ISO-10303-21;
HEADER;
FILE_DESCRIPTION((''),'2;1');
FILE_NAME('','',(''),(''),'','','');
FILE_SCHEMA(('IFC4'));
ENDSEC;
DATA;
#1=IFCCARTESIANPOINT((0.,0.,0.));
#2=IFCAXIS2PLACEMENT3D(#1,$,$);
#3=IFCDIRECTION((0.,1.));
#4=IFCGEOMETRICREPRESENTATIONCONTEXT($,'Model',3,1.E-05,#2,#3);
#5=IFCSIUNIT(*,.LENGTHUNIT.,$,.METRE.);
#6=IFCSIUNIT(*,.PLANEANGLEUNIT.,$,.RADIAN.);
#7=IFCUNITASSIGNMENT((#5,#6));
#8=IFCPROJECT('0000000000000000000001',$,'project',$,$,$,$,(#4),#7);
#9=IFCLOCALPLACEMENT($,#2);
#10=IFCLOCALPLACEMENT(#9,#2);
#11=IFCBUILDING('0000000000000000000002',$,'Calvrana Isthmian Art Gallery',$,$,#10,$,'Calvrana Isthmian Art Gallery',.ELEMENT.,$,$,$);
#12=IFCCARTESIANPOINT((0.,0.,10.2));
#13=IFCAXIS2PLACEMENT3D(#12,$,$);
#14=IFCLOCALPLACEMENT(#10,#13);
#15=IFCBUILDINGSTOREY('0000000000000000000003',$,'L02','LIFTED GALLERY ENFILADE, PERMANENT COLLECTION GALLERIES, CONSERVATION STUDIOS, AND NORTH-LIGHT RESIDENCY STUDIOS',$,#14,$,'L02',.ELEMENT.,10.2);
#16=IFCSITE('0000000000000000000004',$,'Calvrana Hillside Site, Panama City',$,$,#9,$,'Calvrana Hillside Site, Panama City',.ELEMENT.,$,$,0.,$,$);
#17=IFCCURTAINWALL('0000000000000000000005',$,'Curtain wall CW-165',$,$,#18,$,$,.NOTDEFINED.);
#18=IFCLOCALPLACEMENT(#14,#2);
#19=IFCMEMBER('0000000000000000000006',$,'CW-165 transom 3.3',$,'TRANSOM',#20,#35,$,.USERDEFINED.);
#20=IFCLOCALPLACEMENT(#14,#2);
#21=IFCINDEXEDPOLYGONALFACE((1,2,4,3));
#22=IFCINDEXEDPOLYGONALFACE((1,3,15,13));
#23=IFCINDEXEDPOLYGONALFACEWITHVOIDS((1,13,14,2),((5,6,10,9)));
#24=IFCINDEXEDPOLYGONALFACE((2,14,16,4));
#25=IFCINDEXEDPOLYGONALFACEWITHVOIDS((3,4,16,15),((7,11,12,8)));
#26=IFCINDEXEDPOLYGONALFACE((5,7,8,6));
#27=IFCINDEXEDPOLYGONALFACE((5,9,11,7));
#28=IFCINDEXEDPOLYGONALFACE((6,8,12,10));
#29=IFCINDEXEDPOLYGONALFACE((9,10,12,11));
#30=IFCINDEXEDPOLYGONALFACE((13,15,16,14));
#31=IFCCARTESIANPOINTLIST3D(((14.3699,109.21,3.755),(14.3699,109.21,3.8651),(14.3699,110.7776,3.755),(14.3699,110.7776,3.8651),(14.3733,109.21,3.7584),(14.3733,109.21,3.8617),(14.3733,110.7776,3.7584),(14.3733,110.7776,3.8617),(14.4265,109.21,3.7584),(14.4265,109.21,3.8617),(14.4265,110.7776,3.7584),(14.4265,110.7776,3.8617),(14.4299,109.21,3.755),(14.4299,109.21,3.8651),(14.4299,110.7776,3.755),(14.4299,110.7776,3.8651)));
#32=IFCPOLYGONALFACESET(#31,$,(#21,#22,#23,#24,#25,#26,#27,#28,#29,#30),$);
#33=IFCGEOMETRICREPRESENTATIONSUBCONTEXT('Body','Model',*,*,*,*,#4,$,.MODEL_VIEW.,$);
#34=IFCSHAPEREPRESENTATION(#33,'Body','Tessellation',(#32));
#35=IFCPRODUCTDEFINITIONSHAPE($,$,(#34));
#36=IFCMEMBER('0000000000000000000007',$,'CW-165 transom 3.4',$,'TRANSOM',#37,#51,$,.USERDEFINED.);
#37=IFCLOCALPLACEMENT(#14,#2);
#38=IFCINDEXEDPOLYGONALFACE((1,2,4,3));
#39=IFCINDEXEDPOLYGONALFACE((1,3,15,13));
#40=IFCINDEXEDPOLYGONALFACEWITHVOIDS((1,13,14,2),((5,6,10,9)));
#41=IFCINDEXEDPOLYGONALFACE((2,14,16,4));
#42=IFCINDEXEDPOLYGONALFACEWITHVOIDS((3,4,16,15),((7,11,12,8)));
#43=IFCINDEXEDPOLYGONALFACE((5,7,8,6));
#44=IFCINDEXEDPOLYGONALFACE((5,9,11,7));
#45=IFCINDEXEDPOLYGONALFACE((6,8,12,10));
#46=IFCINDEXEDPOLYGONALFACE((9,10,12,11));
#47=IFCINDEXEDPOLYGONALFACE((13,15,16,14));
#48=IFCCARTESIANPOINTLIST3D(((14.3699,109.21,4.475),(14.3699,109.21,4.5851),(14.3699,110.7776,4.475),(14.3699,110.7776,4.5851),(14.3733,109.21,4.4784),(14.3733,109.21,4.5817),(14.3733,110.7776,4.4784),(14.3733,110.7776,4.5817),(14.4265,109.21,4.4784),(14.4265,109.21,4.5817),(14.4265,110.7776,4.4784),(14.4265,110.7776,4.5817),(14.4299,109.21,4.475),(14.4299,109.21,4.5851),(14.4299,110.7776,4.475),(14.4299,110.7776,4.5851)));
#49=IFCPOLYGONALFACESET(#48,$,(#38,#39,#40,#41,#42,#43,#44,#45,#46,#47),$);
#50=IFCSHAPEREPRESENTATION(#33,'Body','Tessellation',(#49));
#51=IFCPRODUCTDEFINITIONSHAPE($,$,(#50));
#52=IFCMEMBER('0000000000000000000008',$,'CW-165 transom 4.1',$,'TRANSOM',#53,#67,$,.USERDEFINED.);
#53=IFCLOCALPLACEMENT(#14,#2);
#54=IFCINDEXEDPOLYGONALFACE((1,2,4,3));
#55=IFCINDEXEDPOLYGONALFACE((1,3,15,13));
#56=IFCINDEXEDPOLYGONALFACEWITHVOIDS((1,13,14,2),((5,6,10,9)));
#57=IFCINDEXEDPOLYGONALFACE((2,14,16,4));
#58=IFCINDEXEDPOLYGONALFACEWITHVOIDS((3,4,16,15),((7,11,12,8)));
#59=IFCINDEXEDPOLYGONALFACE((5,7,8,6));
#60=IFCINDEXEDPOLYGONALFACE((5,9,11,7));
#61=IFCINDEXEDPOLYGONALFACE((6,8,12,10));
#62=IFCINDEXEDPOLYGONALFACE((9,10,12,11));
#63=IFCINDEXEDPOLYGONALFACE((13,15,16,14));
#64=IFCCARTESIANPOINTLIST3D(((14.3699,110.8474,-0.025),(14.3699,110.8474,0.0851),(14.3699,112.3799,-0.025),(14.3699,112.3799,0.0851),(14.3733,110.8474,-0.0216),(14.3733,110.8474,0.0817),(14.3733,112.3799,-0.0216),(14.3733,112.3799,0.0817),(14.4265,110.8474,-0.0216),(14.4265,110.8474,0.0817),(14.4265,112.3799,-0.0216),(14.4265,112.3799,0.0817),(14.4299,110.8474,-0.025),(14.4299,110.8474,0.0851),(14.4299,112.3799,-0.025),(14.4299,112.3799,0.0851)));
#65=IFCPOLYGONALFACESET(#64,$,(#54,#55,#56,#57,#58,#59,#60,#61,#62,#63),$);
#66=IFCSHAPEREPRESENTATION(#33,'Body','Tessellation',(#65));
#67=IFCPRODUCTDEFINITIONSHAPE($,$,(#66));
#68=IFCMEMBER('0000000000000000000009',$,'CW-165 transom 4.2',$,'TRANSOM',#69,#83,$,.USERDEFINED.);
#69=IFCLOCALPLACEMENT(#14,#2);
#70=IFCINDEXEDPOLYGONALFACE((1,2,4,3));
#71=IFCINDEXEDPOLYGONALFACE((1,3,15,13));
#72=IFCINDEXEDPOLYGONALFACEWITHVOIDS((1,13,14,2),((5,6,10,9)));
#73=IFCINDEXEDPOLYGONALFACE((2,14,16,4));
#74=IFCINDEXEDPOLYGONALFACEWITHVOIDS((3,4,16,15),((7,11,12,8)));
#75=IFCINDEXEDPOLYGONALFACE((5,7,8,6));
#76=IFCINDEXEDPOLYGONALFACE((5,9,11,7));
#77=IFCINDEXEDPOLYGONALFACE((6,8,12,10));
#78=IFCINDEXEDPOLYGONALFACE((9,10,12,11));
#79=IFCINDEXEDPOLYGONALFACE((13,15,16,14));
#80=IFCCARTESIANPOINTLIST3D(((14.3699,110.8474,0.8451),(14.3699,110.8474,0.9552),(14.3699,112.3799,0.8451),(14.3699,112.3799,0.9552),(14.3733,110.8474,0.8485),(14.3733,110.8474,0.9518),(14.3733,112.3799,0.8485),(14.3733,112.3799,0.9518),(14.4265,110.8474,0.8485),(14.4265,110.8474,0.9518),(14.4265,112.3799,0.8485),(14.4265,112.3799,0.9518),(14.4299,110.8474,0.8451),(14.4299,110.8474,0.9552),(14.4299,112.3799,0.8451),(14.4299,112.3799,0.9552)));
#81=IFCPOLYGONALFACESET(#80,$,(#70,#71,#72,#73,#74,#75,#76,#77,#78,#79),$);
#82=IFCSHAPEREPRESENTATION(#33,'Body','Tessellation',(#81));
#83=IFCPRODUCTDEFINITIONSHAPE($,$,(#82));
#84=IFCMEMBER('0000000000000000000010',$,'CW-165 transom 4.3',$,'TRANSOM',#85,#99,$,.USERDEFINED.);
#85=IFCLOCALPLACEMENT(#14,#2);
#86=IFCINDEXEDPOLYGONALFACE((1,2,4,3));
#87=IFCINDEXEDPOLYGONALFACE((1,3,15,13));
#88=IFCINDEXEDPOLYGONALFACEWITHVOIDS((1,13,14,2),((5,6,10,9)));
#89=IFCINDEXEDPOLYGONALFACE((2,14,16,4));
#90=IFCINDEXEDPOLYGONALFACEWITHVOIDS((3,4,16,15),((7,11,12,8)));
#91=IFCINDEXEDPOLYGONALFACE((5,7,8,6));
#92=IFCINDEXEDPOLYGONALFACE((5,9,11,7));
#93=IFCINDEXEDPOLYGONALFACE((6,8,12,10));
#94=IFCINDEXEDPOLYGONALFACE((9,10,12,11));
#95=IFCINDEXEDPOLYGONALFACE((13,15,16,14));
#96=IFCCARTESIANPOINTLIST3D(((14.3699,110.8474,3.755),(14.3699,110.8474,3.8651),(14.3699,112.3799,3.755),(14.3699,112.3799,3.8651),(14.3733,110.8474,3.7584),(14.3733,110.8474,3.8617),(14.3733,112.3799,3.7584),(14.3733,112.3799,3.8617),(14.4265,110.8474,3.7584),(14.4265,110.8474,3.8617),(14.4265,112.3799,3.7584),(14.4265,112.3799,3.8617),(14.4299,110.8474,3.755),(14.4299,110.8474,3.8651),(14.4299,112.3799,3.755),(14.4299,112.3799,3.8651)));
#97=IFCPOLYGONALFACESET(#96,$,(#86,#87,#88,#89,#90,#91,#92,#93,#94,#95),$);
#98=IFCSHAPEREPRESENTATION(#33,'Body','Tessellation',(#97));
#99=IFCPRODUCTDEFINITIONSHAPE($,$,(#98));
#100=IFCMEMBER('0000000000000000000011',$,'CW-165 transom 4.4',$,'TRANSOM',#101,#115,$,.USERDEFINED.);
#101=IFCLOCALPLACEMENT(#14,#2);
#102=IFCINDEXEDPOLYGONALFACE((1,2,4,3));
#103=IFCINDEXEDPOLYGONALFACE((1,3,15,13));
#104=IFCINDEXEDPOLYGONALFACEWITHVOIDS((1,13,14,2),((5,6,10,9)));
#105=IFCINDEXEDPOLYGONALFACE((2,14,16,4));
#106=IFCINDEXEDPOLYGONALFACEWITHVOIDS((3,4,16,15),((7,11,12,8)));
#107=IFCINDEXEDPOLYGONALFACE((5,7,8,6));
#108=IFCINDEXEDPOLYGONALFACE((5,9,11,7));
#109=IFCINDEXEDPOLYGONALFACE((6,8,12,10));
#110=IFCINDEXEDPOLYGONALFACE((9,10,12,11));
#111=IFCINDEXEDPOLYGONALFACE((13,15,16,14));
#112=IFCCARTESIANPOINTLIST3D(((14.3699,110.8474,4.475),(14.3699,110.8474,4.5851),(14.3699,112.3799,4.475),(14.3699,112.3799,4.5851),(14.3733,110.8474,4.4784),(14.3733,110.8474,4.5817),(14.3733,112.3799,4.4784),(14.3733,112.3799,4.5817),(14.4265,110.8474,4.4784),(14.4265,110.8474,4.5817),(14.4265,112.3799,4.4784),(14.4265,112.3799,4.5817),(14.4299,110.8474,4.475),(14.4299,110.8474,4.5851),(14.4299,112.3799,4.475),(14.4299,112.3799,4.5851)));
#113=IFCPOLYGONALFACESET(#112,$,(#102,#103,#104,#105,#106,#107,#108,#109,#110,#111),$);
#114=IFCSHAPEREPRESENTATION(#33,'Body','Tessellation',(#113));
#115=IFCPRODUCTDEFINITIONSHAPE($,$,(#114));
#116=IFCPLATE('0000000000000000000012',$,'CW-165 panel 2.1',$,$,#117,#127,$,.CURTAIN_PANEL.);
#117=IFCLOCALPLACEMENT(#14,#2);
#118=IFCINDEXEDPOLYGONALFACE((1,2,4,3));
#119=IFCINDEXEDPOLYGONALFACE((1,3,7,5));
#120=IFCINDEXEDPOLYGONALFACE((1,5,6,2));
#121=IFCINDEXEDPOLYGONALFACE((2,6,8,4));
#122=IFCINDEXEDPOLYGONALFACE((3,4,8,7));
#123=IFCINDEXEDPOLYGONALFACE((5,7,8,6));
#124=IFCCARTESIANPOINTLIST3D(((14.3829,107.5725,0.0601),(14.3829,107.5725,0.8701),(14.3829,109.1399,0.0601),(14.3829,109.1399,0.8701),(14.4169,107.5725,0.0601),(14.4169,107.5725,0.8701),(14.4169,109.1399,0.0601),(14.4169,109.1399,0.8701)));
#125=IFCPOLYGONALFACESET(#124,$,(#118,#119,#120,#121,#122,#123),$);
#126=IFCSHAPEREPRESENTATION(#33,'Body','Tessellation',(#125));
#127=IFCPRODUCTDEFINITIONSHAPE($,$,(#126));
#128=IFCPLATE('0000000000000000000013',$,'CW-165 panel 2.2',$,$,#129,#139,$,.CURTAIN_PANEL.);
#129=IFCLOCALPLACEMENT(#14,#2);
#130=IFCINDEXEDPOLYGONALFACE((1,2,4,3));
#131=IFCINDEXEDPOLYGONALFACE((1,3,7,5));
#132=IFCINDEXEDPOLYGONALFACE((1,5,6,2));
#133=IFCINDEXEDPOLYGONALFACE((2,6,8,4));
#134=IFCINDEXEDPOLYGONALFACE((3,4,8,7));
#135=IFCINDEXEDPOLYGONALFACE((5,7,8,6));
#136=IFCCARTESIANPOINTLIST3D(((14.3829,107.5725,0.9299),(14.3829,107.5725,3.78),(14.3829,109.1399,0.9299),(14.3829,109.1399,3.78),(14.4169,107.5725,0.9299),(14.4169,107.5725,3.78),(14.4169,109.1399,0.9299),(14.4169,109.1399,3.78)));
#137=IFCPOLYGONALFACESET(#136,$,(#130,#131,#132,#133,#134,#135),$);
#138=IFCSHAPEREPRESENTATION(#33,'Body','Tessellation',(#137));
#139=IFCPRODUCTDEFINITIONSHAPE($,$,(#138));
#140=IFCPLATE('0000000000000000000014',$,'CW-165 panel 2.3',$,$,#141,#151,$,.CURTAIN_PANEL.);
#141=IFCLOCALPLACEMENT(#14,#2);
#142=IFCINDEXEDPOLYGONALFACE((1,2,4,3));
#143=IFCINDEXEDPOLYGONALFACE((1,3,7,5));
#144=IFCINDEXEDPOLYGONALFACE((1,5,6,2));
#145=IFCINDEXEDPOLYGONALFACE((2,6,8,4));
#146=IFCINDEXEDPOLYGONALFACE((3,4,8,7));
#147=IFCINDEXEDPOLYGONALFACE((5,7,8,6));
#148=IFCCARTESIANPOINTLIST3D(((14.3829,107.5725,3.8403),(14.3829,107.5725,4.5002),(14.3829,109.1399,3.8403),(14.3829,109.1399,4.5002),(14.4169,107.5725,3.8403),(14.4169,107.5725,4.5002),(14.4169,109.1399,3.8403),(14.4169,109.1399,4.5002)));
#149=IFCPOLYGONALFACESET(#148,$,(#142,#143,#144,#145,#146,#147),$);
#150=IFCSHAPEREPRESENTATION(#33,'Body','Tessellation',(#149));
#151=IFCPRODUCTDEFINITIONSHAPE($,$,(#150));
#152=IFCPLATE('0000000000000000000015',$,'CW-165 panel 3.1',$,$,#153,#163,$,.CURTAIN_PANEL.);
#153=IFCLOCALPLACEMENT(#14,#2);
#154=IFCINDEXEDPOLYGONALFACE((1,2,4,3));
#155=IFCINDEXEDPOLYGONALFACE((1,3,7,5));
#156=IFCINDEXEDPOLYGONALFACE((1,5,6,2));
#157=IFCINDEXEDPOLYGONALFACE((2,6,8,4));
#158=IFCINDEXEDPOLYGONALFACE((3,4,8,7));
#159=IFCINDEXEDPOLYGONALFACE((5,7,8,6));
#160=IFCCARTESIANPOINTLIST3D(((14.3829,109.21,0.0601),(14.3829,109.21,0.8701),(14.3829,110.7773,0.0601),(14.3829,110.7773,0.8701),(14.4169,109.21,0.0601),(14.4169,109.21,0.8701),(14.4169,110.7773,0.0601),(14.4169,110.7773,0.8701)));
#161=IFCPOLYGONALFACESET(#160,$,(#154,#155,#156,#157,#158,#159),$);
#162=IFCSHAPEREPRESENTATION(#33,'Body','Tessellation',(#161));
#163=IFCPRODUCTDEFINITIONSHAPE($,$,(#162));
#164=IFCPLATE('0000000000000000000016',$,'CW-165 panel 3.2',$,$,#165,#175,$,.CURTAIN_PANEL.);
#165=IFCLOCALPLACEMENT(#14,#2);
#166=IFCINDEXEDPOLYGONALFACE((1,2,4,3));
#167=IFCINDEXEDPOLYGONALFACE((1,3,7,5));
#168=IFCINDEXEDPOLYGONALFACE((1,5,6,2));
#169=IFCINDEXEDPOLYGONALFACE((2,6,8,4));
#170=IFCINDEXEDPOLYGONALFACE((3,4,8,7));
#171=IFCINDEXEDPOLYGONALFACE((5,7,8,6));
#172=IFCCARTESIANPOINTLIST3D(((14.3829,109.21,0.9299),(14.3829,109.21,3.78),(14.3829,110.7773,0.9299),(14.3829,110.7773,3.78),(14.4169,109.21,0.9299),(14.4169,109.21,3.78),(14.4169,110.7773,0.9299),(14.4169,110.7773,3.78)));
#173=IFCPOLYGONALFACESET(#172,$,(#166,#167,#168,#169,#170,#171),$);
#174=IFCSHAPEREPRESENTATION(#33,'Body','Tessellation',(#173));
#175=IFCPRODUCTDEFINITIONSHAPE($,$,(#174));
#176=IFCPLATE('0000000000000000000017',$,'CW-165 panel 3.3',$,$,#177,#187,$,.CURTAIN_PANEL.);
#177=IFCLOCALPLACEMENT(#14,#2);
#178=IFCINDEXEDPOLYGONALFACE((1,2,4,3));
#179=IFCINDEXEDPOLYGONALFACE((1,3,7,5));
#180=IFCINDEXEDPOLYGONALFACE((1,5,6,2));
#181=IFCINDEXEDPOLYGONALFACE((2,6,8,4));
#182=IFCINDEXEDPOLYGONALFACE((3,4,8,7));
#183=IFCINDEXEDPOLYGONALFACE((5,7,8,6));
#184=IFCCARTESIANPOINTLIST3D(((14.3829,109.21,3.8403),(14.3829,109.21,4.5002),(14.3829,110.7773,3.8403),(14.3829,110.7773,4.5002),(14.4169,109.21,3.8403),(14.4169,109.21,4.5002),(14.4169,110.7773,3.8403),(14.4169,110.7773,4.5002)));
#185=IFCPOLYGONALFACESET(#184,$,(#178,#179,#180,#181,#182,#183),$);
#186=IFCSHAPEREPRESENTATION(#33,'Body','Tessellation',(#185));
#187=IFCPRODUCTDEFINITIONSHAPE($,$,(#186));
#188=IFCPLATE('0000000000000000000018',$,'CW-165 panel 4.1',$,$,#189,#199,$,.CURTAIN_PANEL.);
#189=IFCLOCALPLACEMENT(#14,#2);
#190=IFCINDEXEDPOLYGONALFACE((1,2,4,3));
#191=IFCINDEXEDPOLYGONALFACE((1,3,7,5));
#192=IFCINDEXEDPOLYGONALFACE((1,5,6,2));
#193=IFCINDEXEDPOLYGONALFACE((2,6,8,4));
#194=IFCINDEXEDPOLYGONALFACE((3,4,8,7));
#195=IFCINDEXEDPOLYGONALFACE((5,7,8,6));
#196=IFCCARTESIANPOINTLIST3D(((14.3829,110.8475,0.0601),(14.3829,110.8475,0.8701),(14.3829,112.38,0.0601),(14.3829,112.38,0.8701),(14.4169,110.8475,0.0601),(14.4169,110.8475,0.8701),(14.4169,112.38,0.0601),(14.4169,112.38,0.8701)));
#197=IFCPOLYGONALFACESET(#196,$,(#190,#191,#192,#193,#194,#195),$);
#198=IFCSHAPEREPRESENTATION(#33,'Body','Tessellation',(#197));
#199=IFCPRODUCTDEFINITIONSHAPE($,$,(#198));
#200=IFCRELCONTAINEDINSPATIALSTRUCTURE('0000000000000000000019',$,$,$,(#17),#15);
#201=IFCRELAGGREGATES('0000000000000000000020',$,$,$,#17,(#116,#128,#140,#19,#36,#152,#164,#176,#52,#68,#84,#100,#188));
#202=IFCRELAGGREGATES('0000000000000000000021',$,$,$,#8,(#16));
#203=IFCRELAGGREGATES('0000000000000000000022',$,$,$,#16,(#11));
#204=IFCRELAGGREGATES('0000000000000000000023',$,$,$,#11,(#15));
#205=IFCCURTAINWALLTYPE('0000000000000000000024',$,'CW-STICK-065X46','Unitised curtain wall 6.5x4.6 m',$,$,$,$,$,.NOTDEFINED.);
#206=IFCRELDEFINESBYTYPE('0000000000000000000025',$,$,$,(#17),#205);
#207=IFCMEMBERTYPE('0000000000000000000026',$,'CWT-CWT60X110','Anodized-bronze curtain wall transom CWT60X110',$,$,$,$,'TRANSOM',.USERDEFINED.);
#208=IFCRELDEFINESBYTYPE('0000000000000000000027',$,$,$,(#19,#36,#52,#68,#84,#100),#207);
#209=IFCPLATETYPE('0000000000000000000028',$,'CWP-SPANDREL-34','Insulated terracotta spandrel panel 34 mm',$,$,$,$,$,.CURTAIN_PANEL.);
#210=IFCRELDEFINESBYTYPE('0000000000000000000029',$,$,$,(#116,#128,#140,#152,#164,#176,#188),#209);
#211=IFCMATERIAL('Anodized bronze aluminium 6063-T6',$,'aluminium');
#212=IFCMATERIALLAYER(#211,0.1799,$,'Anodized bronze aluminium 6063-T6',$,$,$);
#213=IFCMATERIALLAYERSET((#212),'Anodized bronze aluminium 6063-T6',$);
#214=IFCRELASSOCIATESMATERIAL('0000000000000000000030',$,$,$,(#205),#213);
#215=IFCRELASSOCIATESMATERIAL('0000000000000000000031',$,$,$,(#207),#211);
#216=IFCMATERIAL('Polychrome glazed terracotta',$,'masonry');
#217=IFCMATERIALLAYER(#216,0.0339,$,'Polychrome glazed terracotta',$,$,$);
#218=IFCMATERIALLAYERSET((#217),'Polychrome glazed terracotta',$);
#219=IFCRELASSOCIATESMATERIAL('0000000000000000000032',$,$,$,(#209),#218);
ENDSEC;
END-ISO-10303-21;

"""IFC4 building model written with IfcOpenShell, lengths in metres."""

from ifc_helpers import new_model, si_unit, direction, frame, origin, origin_2d, place, context, subcontext, project, spatial, rectangle, hollow_rectangle, extrude, material, layer, layer_set, material_profile, profile_set, type_object, element, aggregate, save


model = new_model("IFC4")

# Units and contexts
model_context = context("Model", 3, precision=1e-05, world=origin(), true_north=direction((0.0, 1.0)))
body_context = subcontext(model_context, "Body", "Model", "MODEL_VIEW")
ifc_project = project(units=[si_unit("LENGTHUNIT", "METRE"), si_unit("PLANEANGLEUNIT", "RADIAN")], contexts=[model_context])

# Site, building, storey
site_placement = place(None, origin())
site = spatial("IfcSite", under=ifc_project, at=site_placement, Name="Calvrana Hillside Site, Panama City", LongName="Calvrana Hillside Site, Panama City", CompositionType="ELEMENT", RefElevation=0.0)
building_placement = place(site_placement, origin())
building = spatial("IfcBuilding", under=site, at=building_placement, Name="Calvrana Isthmian Art Gallery", LongName="Calvrana Isthmian Art Gallery", CompositionType="ELEMENT")
storey_placement = place(building_placement, frame((0.0, 0.0, 10.2)))
storey = spatial("IfcBuildingStorey", under=building, at=storey_placement, Name="L02", Description="LIFTED GALLERY ENFILADE, PERMANENT COLLECTION GALLERIES, CONSERVATION STUDIOS, AND NORTH-LIGHT RESIDENCY STUDIOS", LongName="L02", CompositionType="ELEMENT", Elevation=10.2)

# Curtain wall, members, plates
ifc_material_1 = material(Name="Anodized bronze aluminium 6063-T6", Category="aluminium")
ifc_layer_1 = layer(ifc_material_1, 0.1799, Name="Anodized bronze aluminium 6063-T6")
ifc_layer_set_1 = layer_set([ifc_layer_1], Name="Anodized bronze aluminium 6063-T6")
curtain_wall_type = type_object("IfcCurtainWallType", Name="CW-STICK-065X46", Description="Unitised curtain wall 6.5x4.6 m", PredefinedType="NOTDEFINED", material=ifc_layer_set_1)
curtain_wall_placement = place(storey_placement, origin())
curtain_wall = element("IfcCurtainWall", 1, at=curtain_wall_placement, inside=storey, type_object=curtain_wall_type, Name="Curtain wall CW-165", PredefinedType="NOTDEFINED")
ifc_material_profile_1 = material_profile(ifc_material_1, hollow_rectangle(XDim=0.0601, YDim=0.1101, WallThickness=0.0034, at=origin_2d()), Name="CWT60X110")
ifc_profile_set_1 = profile_set([ifc_material_profile_1], Name="Anodized bronze aluminium 6063-T6")
member_type_1 = type_object("IfcMemberType", Name="CWT-CWT60X110", Description="Anodized-bronze curtain wall transom CWT60X110", ElementType="TRANSOM", PredefinedType="USERDEFINED", material=ifc_profile_set_1)
member_1_placement = place(storey_placement, frame((14.3999, 109.21, 3.8101), z_axis=(0.0, 1.0, 0.0), x_axis=(-1.0, 0.0, 0.0)))
member_1 = element("IfcMember", 2, at=member_1_placement, type_object=member_type_1, Name="CW-165 transom 3.3", ObjectType="TRANSOM", PredefinedType="USERDEFINED", context=body_context, shape_type="SweptSolid", body=[
    extrude(hollow_rectangle(XDim=0.0601, YDim=0.1101, WallThickness=0.0034, at=origin_2d()), origin(), (0.0, 0.0, 1.0), 1.5676),
])
member_2_placement = place(storey_placement, frame((14.3999, 109.21, 4.53), z_axis=(0.0, 1.0, 0.0), x_axis=(-1.0, 0.0, 0.0)))
member_2 = element("IfcMember", 3, at=member_2_placement, type_object=member_type_1, Name="CW-165 transom 3.4", ObjectType="TRANSOM", PredefinedType="USERDEFINED", context=body_context, shape_type="SweptSolid", body=[
    extrude(hollow_rectangle(XDim=0.0601, YDim=0.1101, WallThickness=0.0034, at=origin_2d()), origin(), (0.0, 0.0, 1.0), 1.5676),
])
member_3_placement = place(storey_placement, frame((14.3999, 110.8474, 0.03), z_axis=(0.0, 1.0, 0.0), x_axis=(-1.0, 0.0, 0.0)))
member_3 = element("IfcMember", 4, at=member_3_placement, type_object=member_type_1, Name="CW-165 transom 4.1", ObjectType="TRANSOM", PredefinedType="USERDEFINED", context=body_context, shape_type="SweptSolid", body=[
    extrude(hollow_rectangle(XDim=0.0601, YDim=0.1101, WallThickness=0.0034, at=origin_2d()), origin(), (0.0, 0.0, 1.0), 1.5325),
])
member_4_placement = place(storey_placement, frame((14.3999, 110.8474, 0.9001), z_axis=(0.0, 1.0, 0.0), x_axis=(-1.0, 0.0, 0.0)))
member_4 = element("IfcMember", 5, at=member_4_placement, type_object=member_type_1, Name="CW-165 transom 4.2", ObjectType="TRANSOM", PredefinedType="USERDEFINED", context=body_context, shape_type="SweptSolid", body=[
    extrude(hollow_rectangle(XDim=0.0601, YDim=0.1101, WallThickness=0.0034, at=origin_2d()), origin(), (0.0, 0.0, 1.0), 1.5325),
])
member_5_placement = place(storey_placement, frame((14.3999, 110.8474, 3.8101), z_axis=(0.0, 1.0, 0.0), x_axis=(-1.0, 0.0, 0.0)))
member_5 = element("IfcMember", 6, at=member_5_placement, type_object=member_type_1, Name="CW-165 transom 4.3", ObjectType="TRANSOM", PredefinedType="USERDEFINED", context=body_context, shape_type="SweptSolid", body=[
    extrude(hollow_rectangle(XDim=0.0601, YDim=0.1101, WallThickness=0.0034, at=origin_2d()), origin(), (0.0, 0.0, 1.0), 1.5325),
])
member_6_placement = place(storey_placement, frame((14.3999, 110.8474, 4.53), z_axis=(0.0, 1.0, 0.0), x_axis=(-1.0, 0.0, 0.0)))
member_6 = element("IfcMember", 7, at=member_6_placement, type_object=member_type_1, Name="CW-165 transom 4.4", ObjectType="TRANSOM", PredefinedType="USERDEFINED", context=body_context, shape_type="SweptSolid", body=[
    extrude(hollow_rectangle(XDim=0.0601, YDim=0.1101, WallThickness=0.0034, at=origin_2d()), origin(), (0.0, 0.0, 1.0), 1.5325),
])
ifc_material_2 = material(Name="Polychrome glazed terracotta", Category="masonry")
ifc_layer_2 = layer(ifc_material_2, 0.0339, Name="Polychrome glazed terracotta")
ifc_layer_set_2 = layer_set([ifc_layer_2], Name="Polychrome glazed terracotta")
plate_type = type_object("IfcPlateType", Name="CWP-SPANDREL-34", Description="Insulated terracotta spandrel panel 34 mm", PredefinedType="CURTAIN_PANEL", material=ifc_layer_set_2)
plate_1_placement = place(storey_placement, frame((14.3999, 108.3562, 0.0601), z_axis=(0.0, 0.0, 1.0), x_axis=(0.0, 1.0, 0.0)))
plate_1 = element("IfcPlate", 8, at=plate_1_placement, type_object=plate_type, Name="CW-165 panel 2.1", PredefinedType="CURTAIN_PANEL", context=body_context, shape_type="SweptSolid", body=[
    extrude(rectangle(XDim=1.5674, YDim=0.0339, at=origin_2d()), origin(), (0.0, 0.0, 1.0), 0.8101),
])
plate_2_placement = place(storey_placement, frame((14.3999, 108.3562, 0.9299), z_axis=(0.0, 0.0, 1.0), x_axis=(0.0, 1.0, 0.0)))
plate_2 = element("IfcPlate", 9, at=plate_2_placement, type_object=plate_type, Name="CW-165 panel 2.2", PredefinedType="CURTAIN_PANEL", context=body_context, shape_type="SweptSolid", body=[
    extrude(rectangle(XDim=1.5674, YDim=0.0339, at=origin_2d()), origin(), (0.0, 0.0, 1.0), 2.8501),
])
plate_3_placement = place(storey_placement, frame((14.3999, 108.3562, 3.8403), z_axis=(0.0, 0.0, 1.0), x_axis=(0.0, 1.0, 0.0)))
plate_3 = element("IfcPlate", 10, at=plate_3_placement, type_object=plate_type, Name="CW-165 panel 2.3", PredefinedType="CURTAIN_PANEL", context=body_context, shape_type="SweptSolid", body=[
    extrude(rectangle(XDim=1.5674, YDim=0.0339, at=origin_2d()), origin(), (0.0, 0.0, 1.0), 0.6599),
])
plate_4_placement = place(storey_placement, frame((14.3999, 109.9937, 0.0601), z_axis=(0.0, 0.0, 1.0), x_axis=(0.0, 1.0, 0.0)))
plate_4 = element("IfcPlate", 11, at=plate_4_placement, type_object=plate_type, Name="CW-165 panel 3.1", PredefinedType="CURTAIN_PANEL", context=body_context, shape_type="SweptSolid", body=[
    extrude(rectangle(XDim=1.5674, YDim=0.0339, at=origin_2d()), origin(), (0.0, 0.0, 1.0), 0.8101),
])
plate_5_placement = place(storey_placement, frame((14.3999, 109.9937, 0.9299), z_axis=(0.0, 0.0, 1.0), x_axis=(0.0, 1.0, 0.0)))
plate_5 = element("IfcPlate", 12, at=plate_5_placement, type_object=plate_type, Name="CW-165 panel 3.2", PredefinedType="CURTAIN_PANEL", context=body_context, shape_type="SweptSolid", body=[
    extrude(rectangle(XDim=1.5674, YDim=0.0339, at=origin_2d()), origin(), (0.0, 0.0, 1.0), 2.8501),
])
plate_6_placement = place(storey_placement, frame((14.3999, 109.9937, 3.8403), z_axis=(0.0, 0.0, 1.0), x_axis=(0.0, 1.0, 0.0)))
plate_6 = element("IfcPlate", 13, at=plate_6_placement, type_object=plate_type, Name="CW-165 panel 3.3", PredefinedType="CURTAIN_PANEL", context=body_context, shape_type="SweptSolid", body=[
    extrude(rectangle(XDim=1.5674, YDim=0.0339, at=origin_2d()), origin(), (0.0, 0.0, 1.0), 0.6599),
])
plate_7_placement = place(storey_placement, frame((14.3999, 111.6138, 0.0601), z_axis=(0.0, 0.0, 1.0), x_axis=(0.0, 1.0, 0.0)))
plate_7 = element("IfcPlate", 14, at=plate_7_placement, type_object=plate_type, Name="CW-165 panel 4.1", PredefinedType="CURTAIN_PANEL", context=body_context, shape_type="SweptSolid", body=[
    extrude(rectangle(XDim=1.5325, YDim=0.0339, at=origin_2d()), origin(), (0.0, 0.0, 1.0), 0.8101),
])
aggregate(curtain_wall, [plate_1, plate_2, plate_3, member_1, member_2, plate_4, plate_5, plate_6, member_3, member_4, member_5, member_6, plate_7])

save(model, "model.ifc")
